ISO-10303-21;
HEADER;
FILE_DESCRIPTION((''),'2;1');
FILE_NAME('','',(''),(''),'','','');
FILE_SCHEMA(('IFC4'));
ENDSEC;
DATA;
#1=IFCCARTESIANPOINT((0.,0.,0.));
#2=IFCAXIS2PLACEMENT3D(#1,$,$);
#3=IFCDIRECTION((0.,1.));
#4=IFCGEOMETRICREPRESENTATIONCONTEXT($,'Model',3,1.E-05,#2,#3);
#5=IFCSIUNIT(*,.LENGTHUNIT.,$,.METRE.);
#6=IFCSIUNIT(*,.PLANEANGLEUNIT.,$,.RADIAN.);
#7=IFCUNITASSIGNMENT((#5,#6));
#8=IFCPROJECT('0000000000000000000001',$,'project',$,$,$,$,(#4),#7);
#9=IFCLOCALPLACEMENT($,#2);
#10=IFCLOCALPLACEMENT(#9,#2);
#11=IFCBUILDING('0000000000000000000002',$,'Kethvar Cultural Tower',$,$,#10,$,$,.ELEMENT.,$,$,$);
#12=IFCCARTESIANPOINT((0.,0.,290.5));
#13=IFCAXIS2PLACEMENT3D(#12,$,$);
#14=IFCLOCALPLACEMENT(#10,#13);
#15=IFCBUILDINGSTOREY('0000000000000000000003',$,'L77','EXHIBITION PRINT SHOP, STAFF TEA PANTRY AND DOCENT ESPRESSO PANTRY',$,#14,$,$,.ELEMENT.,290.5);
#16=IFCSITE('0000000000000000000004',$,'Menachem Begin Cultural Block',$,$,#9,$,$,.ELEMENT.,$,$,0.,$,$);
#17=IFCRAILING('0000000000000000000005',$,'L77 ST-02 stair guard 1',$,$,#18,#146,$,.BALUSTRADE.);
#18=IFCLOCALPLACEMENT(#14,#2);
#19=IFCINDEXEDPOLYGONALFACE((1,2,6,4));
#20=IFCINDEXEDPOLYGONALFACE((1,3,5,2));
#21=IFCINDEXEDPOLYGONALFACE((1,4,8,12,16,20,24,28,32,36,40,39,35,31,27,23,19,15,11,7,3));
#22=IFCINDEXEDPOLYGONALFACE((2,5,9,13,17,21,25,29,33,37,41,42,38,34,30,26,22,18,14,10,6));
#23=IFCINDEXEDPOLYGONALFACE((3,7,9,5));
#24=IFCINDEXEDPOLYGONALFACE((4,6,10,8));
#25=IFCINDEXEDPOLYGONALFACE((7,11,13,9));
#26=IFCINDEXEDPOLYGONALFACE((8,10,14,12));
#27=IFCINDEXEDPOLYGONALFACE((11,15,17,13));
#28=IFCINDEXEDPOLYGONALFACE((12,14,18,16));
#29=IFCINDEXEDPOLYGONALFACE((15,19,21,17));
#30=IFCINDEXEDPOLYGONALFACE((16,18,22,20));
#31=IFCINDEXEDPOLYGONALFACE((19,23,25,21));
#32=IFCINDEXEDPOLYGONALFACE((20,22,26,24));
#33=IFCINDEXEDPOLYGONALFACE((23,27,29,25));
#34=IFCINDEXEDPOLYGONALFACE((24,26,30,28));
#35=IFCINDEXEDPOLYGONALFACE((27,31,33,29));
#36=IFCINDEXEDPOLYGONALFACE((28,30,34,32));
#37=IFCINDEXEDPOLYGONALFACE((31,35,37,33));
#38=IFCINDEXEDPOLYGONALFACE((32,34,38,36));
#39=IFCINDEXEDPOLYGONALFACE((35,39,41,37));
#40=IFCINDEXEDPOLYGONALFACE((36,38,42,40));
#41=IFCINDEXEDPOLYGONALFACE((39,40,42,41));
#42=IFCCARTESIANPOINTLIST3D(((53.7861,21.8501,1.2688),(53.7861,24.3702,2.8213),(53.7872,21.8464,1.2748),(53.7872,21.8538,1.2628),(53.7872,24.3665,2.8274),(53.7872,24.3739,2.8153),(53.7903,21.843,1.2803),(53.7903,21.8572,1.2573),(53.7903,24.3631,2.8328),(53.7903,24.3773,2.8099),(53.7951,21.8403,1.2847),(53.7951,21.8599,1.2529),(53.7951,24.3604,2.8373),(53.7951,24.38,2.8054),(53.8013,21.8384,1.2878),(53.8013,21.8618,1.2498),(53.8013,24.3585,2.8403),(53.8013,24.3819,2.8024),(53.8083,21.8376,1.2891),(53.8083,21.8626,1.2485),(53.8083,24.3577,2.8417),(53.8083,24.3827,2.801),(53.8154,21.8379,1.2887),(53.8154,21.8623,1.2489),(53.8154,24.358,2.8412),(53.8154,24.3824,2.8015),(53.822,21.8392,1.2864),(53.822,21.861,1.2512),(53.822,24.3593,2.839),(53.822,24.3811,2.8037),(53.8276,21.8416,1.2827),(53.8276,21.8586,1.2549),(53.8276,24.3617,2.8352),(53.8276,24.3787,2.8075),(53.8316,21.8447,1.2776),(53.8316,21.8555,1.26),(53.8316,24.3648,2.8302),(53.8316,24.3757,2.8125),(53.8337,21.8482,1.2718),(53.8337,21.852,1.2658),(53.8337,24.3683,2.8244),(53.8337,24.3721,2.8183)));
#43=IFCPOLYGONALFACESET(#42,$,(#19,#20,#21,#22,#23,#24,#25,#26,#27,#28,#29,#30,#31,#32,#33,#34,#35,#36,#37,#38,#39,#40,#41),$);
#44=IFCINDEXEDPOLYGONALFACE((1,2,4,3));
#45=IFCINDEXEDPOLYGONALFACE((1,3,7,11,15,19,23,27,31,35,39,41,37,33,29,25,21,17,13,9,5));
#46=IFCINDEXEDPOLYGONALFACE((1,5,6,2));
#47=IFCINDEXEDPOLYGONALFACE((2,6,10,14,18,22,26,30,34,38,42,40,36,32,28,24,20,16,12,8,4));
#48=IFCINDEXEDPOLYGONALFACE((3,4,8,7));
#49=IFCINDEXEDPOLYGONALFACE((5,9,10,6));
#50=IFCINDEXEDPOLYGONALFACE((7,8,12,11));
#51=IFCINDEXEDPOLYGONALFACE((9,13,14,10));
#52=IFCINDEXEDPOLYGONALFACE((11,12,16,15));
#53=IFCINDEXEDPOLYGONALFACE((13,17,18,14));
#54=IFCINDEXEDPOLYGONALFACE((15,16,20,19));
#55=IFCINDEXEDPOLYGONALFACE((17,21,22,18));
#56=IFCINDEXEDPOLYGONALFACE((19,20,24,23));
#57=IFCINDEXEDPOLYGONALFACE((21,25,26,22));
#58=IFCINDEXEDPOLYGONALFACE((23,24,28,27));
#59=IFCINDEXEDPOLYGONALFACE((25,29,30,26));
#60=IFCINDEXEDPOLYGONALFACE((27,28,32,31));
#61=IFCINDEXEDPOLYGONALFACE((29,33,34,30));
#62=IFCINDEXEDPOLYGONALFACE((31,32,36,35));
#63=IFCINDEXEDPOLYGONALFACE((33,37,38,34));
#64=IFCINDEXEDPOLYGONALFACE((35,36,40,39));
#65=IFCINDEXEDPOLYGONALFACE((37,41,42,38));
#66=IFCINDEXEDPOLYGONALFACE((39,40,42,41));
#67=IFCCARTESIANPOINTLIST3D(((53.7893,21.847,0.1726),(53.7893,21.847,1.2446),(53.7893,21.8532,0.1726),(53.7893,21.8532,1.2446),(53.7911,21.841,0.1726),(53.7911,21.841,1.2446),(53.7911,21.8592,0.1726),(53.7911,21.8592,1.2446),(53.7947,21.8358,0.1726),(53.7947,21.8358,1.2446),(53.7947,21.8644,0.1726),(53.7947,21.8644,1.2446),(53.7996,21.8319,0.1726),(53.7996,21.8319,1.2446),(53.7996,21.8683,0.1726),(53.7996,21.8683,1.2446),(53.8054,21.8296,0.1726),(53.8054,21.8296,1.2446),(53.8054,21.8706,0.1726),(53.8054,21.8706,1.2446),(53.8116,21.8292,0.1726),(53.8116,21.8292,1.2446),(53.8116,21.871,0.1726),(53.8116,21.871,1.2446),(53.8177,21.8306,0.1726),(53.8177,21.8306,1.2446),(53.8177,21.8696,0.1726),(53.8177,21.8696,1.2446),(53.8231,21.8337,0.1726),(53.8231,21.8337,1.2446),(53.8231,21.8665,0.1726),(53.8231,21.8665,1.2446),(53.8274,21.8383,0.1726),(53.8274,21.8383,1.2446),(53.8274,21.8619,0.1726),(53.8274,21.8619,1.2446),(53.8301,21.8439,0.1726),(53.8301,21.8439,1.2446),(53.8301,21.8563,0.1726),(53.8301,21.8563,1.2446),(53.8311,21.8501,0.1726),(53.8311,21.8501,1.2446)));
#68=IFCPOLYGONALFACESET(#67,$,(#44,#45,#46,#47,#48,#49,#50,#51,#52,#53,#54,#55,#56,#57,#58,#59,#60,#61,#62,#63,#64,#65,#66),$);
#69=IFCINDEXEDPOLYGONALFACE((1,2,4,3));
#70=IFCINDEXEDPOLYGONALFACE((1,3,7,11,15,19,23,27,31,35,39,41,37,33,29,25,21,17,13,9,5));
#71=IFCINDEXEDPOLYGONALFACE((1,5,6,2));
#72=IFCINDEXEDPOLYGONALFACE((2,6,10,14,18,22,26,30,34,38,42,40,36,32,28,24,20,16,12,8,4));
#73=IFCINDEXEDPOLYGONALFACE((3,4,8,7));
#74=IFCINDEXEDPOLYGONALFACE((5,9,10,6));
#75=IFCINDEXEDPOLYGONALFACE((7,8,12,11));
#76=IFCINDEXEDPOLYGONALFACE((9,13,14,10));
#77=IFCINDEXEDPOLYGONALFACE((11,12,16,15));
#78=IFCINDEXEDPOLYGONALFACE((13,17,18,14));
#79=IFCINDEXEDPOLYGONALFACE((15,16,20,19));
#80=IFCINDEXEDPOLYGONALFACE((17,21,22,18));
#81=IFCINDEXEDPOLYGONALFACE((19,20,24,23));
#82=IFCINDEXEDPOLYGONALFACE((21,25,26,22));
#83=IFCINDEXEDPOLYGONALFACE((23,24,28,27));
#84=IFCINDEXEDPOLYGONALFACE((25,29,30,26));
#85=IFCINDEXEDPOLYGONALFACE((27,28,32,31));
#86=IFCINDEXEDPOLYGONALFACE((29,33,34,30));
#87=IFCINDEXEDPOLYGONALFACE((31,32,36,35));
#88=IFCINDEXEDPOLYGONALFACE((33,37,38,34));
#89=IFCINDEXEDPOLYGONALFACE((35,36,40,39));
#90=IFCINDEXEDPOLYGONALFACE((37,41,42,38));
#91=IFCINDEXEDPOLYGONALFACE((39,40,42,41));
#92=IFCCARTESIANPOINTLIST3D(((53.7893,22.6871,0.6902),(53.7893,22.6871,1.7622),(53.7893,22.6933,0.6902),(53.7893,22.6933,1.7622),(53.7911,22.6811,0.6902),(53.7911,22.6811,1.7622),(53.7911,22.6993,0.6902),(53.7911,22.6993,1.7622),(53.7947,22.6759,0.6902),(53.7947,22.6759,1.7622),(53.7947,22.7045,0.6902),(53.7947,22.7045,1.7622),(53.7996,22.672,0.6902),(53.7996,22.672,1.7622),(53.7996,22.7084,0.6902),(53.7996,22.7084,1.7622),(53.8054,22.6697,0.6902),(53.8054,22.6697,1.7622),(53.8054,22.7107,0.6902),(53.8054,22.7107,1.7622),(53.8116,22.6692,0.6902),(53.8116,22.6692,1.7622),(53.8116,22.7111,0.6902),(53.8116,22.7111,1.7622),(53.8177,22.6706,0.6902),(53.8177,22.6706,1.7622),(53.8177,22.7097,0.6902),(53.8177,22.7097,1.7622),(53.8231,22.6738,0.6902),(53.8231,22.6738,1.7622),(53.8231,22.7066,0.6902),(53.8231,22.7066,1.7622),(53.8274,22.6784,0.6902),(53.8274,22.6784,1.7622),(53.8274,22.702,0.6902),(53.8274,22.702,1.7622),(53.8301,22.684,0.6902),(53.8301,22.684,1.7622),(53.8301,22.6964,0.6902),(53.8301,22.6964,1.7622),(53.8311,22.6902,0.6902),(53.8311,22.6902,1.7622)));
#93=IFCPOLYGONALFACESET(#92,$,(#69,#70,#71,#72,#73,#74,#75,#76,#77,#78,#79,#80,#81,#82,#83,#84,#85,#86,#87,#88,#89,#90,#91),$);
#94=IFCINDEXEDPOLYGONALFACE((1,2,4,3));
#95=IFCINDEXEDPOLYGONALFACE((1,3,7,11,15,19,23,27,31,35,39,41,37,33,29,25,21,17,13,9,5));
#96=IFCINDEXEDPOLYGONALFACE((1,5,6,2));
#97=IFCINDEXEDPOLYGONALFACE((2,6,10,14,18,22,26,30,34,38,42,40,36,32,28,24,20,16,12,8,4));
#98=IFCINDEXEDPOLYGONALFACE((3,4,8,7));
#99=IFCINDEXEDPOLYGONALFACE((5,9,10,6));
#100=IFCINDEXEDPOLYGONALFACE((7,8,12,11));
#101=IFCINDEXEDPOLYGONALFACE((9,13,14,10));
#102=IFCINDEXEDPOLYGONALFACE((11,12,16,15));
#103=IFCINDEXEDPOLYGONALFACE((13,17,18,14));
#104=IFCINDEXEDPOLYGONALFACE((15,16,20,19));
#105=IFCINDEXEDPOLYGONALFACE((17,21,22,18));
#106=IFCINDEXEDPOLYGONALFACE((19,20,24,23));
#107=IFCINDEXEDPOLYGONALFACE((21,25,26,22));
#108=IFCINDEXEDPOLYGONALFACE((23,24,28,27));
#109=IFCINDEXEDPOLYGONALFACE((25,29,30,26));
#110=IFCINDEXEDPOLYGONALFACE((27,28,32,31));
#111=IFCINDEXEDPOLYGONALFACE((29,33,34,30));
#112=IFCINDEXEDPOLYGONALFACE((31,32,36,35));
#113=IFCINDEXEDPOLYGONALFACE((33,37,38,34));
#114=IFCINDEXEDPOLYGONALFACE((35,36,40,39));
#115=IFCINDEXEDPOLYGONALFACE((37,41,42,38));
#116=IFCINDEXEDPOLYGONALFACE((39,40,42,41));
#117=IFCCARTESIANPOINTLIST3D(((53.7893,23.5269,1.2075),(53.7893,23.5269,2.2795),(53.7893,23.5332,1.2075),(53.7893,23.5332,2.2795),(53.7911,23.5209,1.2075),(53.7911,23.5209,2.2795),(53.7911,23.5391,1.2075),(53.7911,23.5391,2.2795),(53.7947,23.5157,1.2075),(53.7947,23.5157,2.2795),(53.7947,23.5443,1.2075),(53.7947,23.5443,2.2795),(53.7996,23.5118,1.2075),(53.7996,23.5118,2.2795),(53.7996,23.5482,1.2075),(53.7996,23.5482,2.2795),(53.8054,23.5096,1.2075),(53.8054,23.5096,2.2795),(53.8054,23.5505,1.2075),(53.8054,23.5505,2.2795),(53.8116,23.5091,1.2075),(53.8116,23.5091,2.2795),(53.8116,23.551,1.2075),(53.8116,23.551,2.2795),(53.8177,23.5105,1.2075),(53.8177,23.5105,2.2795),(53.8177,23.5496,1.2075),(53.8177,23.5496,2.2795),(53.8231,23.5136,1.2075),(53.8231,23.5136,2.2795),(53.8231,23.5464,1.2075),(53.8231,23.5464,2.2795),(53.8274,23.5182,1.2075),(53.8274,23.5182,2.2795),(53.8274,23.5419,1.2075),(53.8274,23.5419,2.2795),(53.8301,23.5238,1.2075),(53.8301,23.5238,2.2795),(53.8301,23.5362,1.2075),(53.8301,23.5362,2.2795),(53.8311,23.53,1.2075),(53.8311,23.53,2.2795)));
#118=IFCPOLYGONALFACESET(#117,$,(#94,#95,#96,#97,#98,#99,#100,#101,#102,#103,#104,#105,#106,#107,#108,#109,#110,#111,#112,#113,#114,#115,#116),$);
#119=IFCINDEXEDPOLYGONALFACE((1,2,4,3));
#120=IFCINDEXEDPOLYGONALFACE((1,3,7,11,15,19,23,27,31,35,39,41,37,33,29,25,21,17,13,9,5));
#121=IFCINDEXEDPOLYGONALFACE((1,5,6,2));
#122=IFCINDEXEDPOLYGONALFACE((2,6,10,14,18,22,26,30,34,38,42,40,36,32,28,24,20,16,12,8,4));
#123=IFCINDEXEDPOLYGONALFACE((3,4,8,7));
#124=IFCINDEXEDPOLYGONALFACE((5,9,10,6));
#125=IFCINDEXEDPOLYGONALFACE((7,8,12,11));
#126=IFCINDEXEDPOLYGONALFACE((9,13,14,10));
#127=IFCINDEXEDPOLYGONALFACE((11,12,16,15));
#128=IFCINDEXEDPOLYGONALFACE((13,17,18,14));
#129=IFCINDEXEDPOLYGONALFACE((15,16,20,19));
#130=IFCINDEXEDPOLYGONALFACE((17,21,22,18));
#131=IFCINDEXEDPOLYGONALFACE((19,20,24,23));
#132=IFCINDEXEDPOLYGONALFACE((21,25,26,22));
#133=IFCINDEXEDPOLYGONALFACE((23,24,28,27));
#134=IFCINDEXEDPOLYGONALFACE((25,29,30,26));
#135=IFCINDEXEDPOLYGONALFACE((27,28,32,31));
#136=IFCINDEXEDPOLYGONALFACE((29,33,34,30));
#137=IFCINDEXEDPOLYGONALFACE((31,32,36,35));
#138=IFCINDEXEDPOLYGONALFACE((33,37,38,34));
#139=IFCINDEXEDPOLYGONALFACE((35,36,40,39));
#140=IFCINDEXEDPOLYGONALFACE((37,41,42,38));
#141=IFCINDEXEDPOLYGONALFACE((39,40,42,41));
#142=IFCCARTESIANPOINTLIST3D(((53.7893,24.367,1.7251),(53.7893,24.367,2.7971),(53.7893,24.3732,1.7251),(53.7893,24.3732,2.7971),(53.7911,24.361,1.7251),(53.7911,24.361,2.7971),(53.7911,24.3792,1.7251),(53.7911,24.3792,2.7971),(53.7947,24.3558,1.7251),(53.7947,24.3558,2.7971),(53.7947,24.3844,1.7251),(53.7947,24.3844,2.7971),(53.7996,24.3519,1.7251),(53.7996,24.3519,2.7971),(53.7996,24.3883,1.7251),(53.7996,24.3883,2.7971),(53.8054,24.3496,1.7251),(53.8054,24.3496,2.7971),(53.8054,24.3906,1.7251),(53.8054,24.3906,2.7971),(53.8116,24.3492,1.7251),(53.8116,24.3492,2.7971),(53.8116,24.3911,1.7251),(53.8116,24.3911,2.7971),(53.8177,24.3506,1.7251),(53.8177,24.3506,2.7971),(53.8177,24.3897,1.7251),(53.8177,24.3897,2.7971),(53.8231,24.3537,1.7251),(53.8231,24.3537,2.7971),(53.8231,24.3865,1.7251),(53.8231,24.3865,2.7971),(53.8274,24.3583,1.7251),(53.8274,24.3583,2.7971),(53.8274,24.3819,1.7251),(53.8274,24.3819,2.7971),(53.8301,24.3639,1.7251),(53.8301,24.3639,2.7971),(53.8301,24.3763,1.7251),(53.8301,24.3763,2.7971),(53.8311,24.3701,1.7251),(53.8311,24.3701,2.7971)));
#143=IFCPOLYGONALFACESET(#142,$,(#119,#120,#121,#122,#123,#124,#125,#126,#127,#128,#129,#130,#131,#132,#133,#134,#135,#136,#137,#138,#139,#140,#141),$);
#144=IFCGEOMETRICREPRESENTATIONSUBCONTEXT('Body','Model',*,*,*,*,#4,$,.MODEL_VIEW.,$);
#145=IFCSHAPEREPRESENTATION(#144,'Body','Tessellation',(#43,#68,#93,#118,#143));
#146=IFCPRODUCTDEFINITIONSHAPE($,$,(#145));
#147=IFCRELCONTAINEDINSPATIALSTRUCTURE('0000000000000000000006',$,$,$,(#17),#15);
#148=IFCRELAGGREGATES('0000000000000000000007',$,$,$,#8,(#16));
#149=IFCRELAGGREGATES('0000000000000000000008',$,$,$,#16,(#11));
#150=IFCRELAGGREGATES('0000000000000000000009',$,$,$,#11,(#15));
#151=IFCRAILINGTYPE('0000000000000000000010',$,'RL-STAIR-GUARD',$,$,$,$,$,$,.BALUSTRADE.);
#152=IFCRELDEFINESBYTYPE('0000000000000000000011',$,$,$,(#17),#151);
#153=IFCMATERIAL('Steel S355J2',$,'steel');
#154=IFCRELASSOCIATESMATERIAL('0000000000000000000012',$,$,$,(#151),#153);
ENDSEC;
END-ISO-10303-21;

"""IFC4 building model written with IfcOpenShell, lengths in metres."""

from ifc_helpers import new_model, si_unit, direction, frame, origin, origin_2d, place, context, subcontext, project, spatial, circle, extrude, material, type_object, element, save


model = new_model("IFC4")

# Units and contexts
model_context = context("Model", 3, precision=1e-05, world=origin(), true_north=direction((0.0, 1.0)))
body_context = subcontext(model_context, "Body", "Model", "MODEL_VIEW")
ifc_project = project(units=[si_unit("LENGTHUNIT", "METRE"), si_unit("PLANEANGLEUNIT", "RADIAN")], contexts=[model_context])

# Site, building, storey
site_placement = place(None, origin())
site = spatial("IfcSite", under=ifc_project, at=site_placement, Name="Menachem Begin Cultural Block", CompositionType="ELEMENT", RefElevation=0.0)
building_placement = place(site_placement, origin())
building = spatial("IfcBuilding", under=site, at=building_placement, Name="Kethvar Cultural Tower", CompositionType="ELEMENT")
storey_placement = place(building_placement, frame((0.0, 0.0, 290.5)))
storey = spatial("IfcBuildingStorey", under=building, at=storey_placement, Name="L77", Description="EXHIBITION PRINT SHOP, STAFF TEA PANTRY AND DOCENT ESPRESSO PANTRY", CompositionType="ELEMENT", Elevation=290.5)

# Shared definitions
ifc_material_1 = material(Name="Steel S355J2", Category="steel")

# Railing
railing_type_1 = type_object("IfcRailingType", Name="RL-STAIR-GUARD", PredefinedType="BALUSTRADE", material=ifc_material_1)
railing_1_placement = place(storey_placement, frame((53.8101, 21.8501, 0.1726)))
element("IfcRailing", 1, at=railing_1_placement, inside=storey, type_object=railing_type_1, Name="L77 ST-02 stair guard 1", PredefinedType="BALUSTRADE", context=body_context, shape_type="SweptSolid", body=[
    extrude(circle(Radius=0.0239, at=origin_2d()), frame((0.0, 0.0, 1.0962), z_axis=(0.0, 0.8514, 0.524516), x_axis=(-1.0, 0.0, 0.0)), (0.0, 0.0, 1.0), 2.96),
    extrude(circle(Radius=0.021, at=origin_2d()), origin(), (0.0, 0.0, 1.0), 1.072),
    extrude(circle(Radius=0.021, at=origin_2d()), frame((0.0, 0.8401, 0.5176)), (0.0, 0.0, 1.0), 1.072),
    extrude(circle(Radius=0.021, at=origin_2d()), frame((0.0, 1.6799, 1.0349)), (0.0, 0.0, 1.0), 1.072),
    extrude(circle(Radius=0.021, at=origin_2d()), frame((0.0, 2.52, 1.5525)), (0.0, 0.0, 1.0), 1.072),
])

save(model, "model.ifc")
